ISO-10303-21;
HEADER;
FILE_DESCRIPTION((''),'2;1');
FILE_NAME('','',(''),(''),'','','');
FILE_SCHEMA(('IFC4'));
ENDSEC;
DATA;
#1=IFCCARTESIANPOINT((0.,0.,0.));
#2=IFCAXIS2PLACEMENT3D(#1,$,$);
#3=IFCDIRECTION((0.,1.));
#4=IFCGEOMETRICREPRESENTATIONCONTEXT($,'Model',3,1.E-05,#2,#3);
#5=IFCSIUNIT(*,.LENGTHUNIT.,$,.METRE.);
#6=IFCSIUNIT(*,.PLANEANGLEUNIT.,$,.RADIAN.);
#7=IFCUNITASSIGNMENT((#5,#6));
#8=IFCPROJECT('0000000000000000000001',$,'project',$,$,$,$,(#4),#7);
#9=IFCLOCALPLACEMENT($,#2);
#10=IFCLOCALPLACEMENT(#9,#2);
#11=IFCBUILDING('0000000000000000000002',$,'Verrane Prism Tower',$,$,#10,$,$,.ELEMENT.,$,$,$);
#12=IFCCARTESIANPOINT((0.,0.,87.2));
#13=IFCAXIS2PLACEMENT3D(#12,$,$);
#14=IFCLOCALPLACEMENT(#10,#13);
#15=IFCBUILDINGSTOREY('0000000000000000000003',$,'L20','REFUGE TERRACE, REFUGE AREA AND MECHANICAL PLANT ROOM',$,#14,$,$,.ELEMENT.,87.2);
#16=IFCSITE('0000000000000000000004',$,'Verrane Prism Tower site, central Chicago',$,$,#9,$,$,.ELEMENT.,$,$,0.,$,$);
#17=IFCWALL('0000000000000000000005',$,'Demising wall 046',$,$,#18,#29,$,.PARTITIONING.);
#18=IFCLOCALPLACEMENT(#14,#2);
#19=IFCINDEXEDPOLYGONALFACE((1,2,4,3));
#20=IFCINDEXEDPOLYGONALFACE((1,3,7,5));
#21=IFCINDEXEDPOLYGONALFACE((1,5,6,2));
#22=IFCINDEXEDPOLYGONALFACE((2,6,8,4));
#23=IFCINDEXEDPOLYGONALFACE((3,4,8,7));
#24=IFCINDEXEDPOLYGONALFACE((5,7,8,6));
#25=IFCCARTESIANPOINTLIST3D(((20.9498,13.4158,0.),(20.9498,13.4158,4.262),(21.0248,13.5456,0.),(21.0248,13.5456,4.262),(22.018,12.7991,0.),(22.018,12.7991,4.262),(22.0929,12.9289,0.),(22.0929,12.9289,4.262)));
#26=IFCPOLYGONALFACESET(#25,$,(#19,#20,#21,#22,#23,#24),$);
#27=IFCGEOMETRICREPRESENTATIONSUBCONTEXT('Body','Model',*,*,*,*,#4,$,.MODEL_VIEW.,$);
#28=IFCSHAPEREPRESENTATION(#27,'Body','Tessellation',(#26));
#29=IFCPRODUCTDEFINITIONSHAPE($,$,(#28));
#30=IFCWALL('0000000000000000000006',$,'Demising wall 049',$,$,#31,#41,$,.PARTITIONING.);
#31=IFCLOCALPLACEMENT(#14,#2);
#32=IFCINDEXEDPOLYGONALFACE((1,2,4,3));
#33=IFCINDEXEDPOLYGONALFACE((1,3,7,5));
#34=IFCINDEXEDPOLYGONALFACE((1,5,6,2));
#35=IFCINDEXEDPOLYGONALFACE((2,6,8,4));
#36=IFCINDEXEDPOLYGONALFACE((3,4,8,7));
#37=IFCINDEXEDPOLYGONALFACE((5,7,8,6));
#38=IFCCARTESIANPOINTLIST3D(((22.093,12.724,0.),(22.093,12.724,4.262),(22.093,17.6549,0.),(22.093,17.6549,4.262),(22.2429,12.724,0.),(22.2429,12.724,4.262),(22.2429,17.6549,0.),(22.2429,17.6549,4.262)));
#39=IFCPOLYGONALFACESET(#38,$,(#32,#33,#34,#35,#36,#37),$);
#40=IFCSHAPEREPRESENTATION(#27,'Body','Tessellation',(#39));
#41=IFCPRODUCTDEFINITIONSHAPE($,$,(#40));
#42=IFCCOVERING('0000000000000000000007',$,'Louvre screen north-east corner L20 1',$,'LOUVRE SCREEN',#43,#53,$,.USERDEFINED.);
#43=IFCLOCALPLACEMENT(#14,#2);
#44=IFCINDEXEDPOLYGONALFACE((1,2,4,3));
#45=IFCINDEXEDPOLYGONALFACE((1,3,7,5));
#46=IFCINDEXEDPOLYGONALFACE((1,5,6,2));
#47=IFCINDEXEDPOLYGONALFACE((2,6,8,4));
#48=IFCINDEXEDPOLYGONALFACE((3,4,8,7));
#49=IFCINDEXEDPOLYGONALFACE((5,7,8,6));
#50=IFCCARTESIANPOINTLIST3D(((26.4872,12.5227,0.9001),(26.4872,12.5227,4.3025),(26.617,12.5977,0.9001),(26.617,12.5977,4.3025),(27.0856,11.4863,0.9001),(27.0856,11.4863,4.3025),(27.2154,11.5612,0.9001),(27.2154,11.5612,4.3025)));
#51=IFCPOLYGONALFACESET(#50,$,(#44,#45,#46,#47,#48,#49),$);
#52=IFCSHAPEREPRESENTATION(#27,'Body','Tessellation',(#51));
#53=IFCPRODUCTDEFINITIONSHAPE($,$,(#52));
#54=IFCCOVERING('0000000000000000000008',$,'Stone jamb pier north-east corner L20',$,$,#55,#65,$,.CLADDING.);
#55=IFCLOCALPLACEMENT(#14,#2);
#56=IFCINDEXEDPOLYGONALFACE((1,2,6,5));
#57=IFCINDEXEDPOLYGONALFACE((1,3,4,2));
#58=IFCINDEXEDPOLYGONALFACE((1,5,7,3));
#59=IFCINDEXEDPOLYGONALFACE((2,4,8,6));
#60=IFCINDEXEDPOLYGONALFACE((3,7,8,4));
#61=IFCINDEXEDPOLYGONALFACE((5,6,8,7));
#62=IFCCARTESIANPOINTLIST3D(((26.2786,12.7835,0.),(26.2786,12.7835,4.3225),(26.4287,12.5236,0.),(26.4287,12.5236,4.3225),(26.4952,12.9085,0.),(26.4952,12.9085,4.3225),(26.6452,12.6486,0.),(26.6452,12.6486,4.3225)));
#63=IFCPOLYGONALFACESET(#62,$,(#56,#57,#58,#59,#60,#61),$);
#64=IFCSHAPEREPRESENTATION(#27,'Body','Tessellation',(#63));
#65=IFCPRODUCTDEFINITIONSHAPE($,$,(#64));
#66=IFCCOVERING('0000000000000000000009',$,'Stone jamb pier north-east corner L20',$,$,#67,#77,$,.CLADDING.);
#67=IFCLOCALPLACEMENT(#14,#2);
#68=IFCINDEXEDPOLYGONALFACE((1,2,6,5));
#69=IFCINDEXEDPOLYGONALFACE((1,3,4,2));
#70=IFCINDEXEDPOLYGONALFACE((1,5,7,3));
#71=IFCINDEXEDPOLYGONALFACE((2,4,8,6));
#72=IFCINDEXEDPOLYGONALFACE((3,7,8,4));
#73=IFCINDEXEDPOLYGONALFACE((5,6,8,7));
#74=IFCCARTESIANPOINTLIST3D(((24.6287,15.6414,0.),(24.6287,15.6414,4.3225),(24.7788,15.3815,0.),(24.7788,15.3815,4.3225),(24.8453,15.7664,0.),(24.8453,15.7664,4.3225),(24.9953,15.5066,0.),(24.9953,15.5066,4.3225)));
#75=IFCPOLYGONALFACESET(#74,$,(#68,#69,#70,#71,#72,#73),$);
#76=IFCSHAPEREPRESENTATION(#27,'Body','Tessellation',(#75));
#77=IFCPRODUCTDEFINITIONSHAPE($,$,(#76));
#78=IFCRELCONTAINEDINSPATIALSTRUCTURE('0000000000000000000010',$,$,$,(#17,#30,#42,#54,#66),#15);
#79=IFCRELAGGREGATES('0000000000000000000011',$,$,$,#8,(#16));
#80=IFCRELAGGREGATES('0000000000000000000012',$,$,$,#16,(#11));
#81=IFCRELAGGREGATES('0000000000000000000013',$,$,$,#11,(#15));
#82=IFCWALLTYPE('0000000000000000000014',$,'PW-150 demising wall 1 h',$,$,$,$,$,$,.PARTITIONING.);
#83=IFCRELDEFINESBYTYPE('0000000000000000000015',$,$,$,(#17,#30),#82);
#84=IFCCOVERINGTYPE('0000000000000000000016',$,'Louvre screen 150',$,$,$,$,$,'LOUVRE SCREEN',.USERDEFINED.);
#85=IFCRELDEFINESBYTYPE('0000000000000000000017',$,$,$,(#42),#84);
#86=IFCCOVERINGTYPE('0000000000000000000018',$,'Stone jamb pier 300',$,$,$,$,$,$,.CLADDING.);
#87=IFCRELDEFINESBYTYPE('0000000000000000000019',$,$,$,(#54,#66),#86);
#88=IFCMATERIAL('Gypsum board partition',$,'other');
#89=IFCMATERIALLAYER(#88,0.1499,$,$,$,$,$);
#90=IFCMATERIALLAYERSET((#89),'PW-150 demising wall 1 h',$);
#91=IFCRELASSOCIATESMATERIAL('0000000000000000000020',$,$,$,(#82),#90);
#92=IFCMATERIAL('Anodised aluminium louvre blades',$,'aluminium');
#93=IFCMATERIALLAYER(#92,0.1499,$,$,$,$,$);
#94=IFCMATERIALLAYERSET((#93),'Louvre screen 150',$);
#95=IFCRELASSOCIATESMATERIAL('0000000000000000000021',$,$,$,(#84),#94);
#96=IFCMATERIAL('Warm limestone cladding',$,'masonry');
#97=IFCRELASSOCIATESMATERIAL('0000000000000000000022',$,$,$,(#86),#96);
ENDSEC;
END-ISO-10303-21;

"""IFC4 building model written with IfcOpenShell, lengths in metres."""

from ifc_helpers import new_model, si_unit, direction, frame, frame_2d, origin, origin_2d, place, context, subcontext, project, spatial, rectangle, extrude, material, layer, layer_set, type_object, element, save


model = new_model("IFC4")

# Units and contexts
model_context = context("Model", 3, precision=1e-05, world=origin(), true_north=direction((0.0, 1.0)))
body_context = subcontext(model_context, "Body", "Model", "MODEL_VIEW")
ifc_project = project(units=[si_unit("LENGTHUNIT", "METRE"), si_unit("PLANEANGLEUNIT", "RADIAN")], contexts=[model_context])

# Site, building, storey
site_placement = place(None, origin())
site = spatial("IfcSite", under=ifc_project, at=site_placement, Name="Verrane Prism Tower site, central Chicago", CompositionType="ELEMENT", RefElevation=0.0)
building_placement = place(site_placement, origin())
building = spatial("IfcBuilding", under=site, at=building_placement, Name="Verrane Prism Tower", CompositionType="ELEMENT")
storey_placement = place(building_placement, frame((0.0, 0.0, 87.2)))
storey = spatial("IfcBuildingStorey", under=building, at=storey_placement, Name="L20", Description="REFUGE TERRACE, REFUGE AREA AND MECHANICAL PLANT ROOM", CompositionType="ELEMENT", Elevation=87.2)

# Walls
ifc_material_1 = material(Name="Gypsum board partition", Category="other")
ifc_layer_1 = layer(ifc_material_1, 0.1499)
ifc_layer_set_1 = layer_set([ifc_layer_1], Name="PW-150 demising wall 1 h")
wall_type_1 = type_object("IfcWallType", Name="PW-150 demising wall 1 h", PredefinedType="PARTITIONING", material=ifc_layer_set_1)
wall_1_placement = place(storey_placement, frame((20.9873, 13.4807, 0.0), z_axis=(0.0, 0.0, 1.0), x_axis=(0.866017, -0.500014, 0.0)))
element("IfcWall", 1, at=wall_1_placement, inside=storey, type_object=wall_type_1, Name="Demising wall 046", PredefinedType="PARTITIONING", context=body_context, shape_type="SweptSolid", body=[
    extrude(rectangle(XDim=1.2334, YDim=0.1499, at=frame_2d((0.6167, 0.0))), origin(), (0.0, 0.0, 1.0), 4.262),
])
wall_2_placement = place(storey_placement, frame((22.168, 12.7241, 0.0), z_axis=(0.0, 0.0, 1.0), x_axis=(0.0, 1.0, 0.0)))
element("IfcWall", 2, at=wall_2_placement, inside=storey, type_object=wall_type_1, Name="Demising wall 049", PredefinedType="PARTITIONING", context=body_context, shape_type="SweptSolid", body=[
    extrude(rectangle(XDim=4.9309, YDim=0.1499, at=frame_2d((2.4653, 0.0))), origin(), (0.0, 0.0, 1.0), 4.262),
])

# Coverings
ifc_material_2 = material(Name="Anodised aluminium louvre blades", Category="aluminium")
ifc_layer_2 = layer(ifc_material_2, 0.1499)
ifc_layer_set_2 = layer_set([ifc_layer_2], Name="Louvre screen 150")
covering_type_1 = type_object("IfcCoveringType", Name="Louvre screen 150", ElementType="LOUVRE SCREEN", PredefinedType="USERDEFINED", material=ifc_layer_set_2)
covering_placement = place(storey_placement, frame((26.8513, 12.042, 0.9001), z_axis=(0.0, 0.0, 1.0), x_axis=(-0.500003, 0.866024, 0.0)))
element("IfcCovering", 3, at=covering_placement, inside=storey, type_object=covering_type_1, Name="Louvre screen north-east corner L20 1", ObjectType="LOUVRE SCREEN", PredefinedType="USERDEFINED", context=body_context, shape_type="SweptSolid", body=[
    extrude(rectangle(XDim=1.1968, YDim=0.1499, at=origin_2d()), origin(), (0.0, 0.0, 1.0), 3.4023),
])
ifc_material_3 = material(Name="Warm limestone cladding", Category="masonry")
covering_type_2 = type_object("IfcCoveringType", Name="Stone jamb pier 300", PredefinedType="CLADDING", material=ifc_material_3)
for number, where, z_axis, x_axis, name in (
    (4, (26.4619, 12.7161, 0.0), (0.0, 0.0, 1.0), (-0.500003, 0.866024, 0.0), "Stone jamb pier north-east corner L20"),
    (5, (24.812, 15.574, 0.0), (0.0, 0.0, 1.0), (-0.500003, 0.866024, 0.0), "Stone jamb pier north-east corner L20"),
):
    element("IfcCovering", number, at=place(storey_placement, frame(where, z_axis=z_axis, x_axis=x_axis)), inside=storey, type_object=covering_type_2, Name=name, PredefinedType="CLADDING", context=body_context, shape_type="SweptSolid", body=[
        extrude(rectangle(XDim=0.3, YDim=0.25, at=origin_2d()), origin(), (0.0, 0.0, 1.0), 4.3225),
    ])

save(model, "model.ifc")
